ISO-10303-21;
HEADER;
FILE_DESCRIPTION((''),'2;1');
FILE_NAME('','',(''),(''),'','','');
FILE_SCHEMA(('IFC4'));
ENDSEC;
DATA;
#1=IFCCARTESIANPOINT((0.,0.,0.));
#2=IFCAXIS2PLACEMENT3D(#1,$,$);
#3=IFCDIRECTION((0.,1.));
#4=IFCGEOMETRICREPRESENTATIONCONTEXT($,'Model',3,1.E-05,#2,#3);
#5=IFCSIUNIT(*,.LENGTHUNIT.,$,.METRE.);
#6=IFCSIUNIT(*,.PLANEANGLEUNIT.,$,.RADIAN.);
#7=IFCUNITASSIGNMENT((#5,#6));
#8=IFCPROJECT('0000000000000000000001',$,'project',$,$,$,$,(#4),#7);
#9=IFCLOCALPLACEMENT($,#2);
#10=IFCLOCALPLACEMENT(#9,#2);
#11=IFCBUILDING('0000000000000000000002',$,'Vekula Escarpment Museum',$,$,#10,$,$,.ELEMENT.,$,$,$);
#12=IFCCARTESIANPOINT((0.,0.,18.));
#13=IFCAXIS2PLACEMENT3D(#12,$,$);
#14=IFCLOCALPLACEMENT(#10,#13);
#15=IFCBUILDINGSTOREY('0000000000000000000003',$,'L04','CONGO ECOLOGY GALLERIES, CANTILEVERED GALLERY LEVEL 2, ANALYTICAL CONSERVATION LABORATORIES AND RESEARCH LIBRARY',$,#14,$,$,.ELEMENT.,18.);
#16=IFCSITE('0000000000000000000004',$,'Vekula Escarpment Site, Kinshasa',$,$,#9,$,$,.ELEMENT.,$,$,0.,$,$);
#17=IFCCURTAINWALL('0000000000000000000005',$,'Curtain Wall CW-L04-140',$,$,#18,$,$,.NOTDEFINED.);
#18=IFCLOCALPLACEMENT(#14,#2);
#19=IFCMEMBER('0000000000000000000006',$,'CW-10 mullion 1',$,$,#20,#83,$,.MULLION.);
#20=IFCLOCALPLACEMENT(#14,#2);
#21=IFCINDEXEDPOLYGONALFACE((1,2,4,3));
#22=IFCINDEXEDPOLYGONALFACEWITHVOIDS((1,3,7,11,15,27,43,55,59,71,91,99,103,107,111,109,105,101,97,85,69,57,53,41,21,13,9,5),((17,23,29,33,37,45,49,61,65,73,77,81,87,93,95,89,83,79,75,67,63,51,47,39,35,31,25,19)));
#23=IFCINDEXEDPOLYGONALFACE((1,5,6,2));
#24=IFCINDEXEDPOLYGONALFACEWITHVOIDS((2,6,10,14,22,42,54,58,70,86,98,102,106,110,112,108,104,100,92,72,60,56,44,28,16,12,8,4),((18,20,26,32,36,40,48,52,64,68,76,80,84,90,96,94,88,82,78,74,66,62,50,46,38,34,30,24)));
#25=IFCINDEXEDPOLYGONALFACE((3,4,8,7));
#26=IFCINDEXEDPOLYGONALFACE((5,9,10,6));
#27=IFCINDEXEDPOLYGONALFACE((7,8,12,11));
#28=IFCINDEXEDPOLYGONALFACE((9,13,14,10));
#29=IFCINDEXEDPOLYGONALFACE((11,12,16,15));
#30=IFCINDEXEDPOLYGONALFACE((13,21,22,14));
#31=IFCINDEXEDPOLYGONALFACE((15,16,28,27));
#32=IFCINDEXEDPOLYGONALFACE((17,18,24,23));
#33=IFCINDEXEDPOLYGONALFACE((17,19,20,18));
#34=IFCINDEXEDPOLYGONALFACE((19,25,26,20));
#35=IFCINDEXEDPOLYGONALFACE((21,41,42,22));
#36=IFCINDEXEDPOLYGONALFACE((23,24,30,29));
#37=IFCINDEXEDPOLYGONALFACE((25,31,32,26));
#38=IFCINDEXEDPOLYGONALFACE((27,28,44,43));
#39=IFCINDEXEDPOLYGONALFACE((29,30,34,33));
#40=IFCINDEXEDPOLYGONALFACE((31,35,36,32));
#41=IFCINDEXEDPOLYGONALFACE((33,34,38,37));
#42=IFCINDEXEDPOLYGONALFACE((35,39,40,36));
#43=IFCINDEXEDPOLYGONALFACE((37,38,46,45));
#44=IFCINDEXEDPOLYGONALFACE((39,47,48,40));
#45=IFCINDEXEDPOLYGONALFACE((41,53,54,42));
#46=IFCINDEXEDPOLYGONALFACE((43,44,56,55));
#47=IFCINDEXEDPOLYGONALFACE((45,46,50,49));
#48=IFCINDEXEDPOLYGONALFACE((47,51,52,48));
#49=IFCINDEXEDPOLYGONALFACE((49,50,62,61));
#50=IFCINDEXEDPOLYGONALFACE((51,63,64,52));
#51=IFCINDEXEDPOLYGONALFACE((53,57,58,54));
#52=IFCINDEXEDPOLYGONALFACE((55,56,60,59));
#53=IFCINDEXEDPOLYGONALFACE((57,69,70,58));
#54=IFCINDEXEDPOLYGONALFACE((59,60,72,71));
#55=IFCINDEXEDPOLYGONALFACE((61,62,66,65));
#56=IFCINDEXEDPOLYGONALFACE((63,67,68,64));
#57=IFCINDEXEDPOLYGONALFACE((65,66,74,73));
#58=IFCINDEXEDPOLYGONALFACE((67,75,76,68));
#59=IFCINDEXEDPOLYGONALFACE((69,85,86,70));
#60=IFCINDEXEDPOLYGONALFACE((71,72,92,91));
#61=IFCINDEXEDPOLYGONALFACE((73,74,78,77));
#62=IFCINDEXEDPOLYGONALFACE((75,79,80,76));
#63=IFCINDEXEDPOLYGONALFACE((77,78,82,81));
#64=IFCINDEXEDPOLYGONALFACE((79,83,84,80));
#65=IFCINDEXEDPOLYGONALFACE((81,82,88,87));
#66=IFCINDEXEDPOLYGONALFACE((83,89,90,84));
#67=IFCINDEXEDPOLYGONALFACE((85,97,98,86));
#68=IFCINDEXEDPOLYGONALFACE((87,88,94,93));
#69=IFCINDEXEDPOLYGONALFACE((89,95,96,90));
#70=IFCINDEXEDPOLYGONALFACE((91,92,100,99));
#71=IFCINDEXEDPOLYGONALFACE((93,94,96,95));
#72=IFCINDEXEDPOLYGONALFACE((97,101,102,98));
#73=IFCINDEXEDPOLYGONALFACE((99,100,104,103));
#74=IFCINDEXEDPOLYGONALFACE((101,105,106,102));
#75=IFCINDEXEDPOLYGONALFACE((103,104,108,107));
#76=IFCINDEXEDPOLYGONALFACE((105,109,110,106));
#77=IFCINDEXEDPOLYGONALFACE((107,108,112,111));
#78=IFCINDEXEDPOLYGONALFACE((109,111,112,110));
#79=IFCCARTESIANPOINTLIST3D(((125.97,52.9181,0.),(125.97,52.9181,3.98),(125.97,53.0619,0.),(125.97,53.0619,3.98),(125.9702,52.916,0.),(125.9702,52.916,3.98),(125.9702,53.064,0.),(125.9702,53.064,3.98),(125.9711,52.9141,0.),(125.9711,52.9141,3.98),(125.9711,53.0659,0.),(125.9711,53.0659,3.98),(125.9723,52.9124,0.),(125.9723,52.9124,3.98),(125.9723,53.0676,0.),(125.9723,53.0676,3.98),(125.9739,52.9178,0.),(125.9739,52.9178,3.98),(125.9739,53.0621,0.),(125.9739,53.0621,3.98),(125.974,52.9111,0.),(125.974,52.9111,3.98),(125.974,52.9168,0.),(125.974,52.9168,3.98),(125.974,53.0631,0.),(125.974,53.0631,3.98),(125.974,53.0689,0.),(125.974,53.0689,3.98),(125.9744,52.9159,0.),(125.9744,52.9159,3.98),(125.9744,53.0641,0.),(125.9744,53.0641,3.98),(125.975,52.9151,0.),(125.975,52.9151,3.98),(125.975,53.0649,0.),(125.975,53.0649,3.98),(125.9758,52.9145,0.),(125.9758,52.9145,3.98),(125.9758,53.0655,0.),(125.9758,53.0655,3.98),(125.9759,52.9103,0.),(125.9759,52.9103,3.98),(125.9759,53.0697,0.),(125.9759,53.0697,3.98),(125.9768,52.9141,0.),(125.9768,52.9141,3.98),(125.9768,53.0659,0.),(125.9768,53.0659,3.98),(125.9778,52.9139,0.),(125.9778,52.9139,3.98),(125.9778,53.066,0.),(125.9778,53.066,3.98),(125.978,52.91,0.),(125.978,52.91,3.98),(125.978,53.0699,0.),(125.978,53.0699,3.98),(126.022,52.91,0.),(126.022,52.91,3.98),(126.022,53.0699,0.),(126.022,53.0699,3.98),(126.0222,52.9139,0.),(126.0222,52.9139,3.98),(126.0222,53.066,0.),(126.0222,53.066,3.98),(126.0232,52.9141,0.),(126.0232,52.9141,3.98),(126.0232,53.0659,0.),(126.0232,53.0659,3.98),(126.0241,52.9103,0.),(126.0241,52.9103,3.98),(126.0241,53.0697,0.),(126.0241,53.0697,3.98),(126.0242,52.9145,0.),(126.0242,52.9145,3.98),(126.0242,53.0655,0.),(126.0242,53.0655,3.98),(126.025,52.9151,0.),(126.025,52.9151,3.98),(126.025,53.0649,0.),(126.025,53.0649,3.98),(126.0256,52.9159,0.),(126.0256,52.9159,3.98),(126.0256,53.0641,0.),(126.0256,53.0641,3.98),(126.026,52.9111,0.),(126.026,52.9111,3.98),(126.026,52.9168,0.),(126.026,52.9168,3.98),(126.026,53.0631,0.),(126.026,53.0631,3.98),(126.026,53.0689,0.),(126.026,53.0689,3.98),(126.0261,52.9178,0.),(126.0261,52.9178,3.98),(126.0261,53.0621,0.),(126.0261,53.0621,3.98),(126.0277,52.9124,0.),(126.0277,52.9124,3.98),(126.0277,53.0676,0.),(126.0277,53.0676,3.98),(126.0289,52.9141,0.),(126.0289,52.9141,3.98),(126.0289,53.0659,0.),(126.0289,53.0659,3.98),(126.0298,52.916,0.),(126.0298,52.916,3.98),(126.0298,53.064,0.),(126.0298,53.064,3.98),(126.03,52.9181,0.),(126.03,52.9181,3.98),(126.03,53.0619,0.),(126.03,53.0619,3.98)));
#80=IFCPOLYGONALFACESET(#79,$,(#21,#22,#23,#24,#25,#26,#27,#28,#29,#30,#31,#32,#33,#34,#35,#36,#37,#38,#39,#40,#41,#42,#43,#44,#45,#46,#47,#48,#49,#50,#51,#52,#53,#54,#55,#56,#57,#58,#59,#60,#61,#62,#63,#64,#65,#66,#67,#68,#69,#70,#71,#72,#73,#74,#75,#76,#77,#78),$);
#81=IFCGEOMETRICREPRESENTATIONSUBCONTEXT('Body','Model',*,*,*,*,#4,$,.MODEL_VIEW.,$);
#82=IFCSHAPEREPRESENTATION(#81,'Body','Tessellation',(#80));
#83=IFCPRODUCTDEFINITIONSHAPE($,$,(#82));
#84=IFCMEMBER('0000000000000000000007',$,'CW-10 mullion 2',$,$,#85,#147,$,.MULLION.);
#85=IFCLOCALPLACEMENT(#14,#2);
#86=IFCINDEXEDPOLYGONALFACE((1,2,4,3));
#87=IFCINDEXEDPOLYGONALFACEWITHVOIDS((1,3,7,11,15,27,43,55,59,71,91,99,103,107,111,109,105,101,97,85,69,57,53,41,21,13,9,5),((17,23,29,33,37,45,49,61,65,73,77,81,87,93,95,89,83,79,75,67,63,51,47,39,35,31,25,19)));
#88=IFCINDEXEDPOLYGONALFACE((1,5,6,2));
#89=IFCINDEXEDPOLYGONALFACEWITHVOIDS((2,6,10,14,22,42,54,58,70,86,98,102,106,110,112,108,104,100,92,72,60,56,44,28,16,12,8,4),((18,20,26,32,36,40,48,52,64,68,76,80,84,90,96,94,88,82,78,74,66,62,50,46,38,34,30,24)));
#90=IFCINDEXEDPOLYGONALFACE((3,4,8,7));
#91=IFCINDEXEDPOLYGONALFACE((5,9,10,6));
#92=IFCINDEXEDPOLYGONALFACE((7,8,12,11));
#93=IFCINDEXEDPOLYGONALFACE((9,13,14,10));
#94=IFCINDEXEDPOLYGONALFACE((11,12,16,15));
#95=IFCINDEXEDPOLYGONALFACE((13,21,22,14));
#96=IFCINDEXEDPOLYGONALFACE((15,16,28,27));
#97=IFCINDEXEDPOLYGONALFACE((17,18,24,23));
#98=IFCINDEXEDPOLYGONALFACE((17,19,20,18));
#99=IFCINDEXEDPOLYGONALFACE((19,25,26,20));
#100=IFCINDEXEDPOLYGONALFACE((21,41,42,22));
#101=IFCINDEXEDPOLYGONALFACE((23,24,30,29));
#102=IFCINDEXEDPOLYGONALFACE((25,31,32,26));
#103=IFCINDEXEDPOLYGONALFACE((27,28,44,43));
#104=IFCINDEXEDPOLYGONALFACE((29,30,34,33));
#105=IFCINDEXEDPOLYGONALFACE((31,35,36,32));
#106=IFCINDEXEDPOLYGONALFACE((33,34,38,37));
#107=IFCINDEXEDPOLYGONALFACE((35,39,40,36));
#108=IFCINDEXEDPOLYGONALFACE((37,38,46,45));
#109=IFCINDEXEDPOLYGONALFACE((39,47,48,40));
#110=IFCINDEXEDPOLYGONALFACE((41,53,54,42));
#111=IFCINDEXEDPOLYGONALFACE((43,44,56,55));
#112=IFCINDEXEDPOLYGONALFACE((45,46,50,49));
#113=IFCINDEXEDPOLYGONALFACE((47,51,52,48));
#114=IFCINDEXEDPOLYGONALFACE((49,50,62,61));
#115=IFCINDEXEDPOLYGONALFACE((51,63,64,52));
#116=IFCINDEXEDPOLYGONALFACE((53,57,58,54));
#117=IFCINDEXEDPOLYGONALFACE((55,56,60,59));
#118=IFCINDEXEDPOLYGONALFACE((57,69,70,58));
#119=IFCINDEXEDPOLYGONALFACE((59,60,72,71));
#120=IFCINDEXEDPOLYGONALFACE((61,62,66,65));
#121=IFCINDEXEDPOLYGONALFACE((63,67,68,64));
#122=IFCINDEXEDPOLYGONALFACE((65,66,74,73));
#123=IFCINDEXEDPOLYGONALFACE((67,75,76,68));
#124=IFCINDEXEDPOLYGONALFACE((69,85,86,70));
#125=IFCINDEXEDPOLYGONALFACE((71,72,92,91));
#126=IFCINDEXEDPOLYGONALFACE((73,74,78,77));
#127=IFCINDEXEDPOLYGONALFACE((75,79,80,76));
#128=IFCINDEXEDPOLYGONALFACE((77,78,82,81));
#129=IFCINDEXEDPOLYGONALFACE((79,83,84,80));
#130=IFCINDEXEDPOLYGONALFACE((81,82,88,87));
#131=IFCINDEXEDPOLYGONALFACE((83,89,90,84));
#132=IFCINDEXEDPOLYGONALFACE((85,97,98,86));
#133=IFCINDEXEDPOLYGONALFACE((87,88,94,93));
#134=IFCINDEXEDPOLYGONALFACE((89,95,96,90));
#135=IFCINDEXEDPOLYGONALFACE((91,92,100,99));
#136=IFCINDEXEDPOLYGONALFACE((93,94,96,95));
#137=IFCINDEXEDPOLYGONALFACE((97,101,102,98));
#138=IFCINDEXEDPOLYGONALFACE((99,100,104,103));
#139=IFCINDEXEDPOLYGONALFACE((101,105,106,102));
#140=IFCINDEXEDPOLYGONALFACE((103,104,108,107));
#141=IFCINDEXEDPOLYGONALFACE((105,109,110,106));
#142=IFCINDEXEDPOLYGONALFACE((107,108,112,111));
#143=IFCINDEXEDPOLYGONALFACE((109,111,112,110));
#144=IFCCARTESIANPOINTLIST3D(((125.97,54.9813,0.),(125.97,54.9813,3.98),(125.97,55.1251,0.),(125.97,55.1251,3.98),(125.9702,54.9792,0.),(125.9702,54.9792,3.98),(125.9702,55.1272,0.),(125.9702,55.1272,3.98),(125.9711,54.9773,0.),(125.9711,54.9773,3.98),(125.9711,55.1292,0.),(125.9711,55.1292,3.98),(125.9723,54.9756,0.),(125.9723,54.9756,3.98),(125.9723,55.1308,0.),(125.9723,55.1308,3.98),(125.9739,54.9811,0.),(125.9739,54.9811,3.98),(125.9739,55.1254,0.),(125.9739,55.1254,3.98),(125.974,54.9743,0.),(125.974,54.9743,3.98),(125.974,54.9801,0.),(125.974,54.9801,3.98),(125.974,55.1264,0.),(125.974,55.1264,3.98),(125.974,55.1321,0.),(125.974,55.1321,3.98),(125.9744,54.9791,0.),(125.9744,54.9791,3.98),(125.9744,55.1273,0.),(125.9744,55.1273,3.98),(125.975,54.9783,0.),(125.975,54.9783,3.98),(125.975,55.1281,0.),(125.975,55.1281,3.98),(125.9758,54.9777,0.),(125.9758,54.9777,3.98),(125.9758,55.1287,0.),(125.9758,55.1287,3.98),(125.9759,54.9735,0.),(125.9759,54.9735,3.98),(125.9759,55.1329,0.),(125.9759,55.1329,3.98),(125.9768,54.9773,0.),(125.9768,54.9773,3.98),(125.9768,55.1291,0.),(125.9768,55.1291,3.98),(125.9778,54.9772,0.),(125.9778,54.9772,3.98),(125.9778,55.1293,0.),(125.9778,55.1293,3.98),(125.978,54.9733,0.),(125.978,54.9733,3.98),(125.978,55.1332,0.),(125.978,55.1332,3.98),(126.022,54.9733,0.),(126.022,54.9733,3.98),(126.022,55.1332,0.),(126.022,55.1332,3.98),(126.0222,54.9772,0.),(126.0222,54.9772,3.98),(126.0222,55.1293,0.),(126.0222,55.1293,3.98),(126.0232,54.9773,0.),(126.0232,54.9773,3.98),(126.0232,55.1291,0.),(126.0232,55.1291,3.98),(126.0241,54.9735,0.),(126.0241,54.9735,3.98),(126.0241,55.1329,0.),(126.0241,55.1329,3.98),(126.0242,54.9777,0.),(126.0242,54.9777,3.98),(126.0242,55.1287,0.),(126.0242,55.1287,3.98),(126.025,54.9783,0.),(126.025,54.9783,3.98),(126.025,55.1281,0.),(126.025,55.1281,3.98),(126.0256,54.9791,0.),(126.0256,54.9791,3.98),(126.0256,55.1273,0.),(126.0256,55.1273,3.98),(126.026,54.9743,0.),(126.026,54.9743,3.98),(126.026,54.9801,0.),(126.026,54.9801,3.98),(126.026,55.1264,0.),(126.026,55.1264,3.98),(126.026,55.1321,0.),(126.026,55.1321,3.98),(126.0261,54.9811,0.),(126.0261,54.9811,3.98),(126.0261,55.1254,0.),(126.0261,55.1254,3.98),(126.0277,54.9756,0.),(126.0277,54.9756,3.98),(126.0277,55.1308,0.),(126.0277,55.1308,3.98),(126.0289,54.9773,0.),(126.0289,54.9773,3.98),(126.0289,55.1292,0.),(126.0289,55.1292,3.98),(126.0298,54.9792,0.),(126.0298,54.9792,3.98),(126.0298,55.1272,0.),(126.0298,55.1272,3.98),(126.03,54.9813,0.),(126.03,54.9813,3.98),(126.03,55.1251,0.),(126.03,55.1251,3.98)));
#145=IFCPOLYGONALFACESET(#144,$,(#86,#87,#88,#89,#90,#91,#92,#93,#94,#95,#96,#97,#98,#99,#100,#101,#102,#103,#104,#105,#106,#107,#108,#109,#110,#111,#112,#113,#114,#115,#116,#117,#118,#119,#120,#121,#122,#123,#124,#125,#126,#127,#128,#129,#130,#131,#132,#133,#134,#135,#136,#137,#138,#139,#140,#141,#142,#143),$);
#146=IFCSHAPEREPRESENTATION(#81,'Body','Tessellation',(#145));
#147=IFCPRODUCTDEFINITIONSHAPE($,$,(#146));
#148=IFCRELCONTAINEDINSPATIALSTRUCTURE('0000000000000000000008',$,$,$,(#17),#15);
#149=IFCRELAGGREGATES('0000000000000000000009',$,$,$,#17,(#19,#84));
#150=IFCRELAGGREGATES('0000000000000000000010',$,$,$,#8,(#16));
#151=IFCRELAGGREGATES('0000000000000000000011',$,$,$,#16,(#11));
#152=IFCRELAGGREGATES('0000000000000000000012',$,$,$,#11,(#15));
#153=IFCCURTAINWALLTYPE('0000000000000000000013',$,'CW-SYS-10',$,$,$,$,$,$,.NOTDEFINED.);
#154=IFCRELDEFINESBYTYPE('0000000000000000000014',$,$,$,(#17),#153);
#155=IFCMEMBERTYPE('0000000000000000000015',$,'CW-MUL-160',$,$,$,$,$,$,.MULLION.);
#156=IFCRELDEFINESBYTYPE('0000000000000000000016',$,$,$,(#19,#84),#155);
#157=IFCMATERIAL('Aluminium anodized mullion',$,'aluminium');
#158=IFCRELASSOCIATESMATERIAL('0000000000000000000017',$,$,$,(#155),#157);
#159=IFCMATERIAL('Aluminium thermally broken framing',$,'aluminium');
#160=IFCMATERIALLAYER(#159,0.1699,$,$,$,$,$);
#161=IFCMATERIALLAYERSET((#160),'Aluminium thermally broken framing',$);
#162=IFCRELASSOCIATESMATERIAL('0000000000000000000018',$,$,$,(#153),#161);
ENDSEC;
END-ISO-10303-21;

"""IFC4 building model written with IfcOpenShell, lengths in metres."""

from ifc_helpers import new_model, si_unit, direction, frame, origin, origin_2d, place, context, subcontext, project, spatial, hollow_rectangle, extrude, material, layer, layer_set, material_profile, profile_set, type_object, element, aggregate, save


model = new_model("IFC4")

# Units and contexts
model_context = context("Model", 3, precision=1e-05, world=origin(), true_north=direction((0.0, 1.0)))
body_context = subcontext(model_context, "Body", "Model", "MODEL_VIEW")
ifc_project = project(units=[si_unit("LENGTHUNIT", "METRE"), si_unit("PLANEANGLEUNIT", "RADIAN")], contexts=[model_context])

# Site, building, storey
site_placement = place(None, origin())
site = spatial("IfcSite", under=ifc_project, at=site_placement, Name="Vekula Escarpment Site, Kinshasa", CompositionType="ELEMENT", RefElevation=0.0)
building_placement = place(site_placement, origin())
building = spatial("IfcBuilding", under=site, at=building_placement, Name="Vekula Escarpment Museum", CompositionType="ELEMENT")
storey_placement = place(building_placement, frame((0.0, 0.0, 18.0)))
storey = spatial("IfcBuildingStorey", under=building, at=storey_placement, Name="L04", Description="CONGO ECOLOGY GALLERIES, CANTILEVERED GALLERY LEVEL 2, ANALYTICAL CONSERVATION LABORATORIES AND RESEARCH LIBRARY", CompositionType="ELEMENT", Elevation=18.0)

# Shared definitions
ifc_material_1 = material(Name="Aluminium anodized mullion", Category="aluminium")
ifc_material_profile_1 = material_profile(ifc_material_1, hollow_rectangle(XDim=0.0601, YDim=0.1599, WallThickness=0.0039, InnerFilletRadius=0.0039, OuterFilletRadius=0.0081, at=origin_2d()), Name="ALU 160x60x4")
ifc_profile_set_1 = profile_set([ifc_material_profile_1], Name="Aluminium anodized mullion")
member_type_1 = type_object("IfcMemberType", Name="CW-MUL-160", PredefinedType="MULLION", material=ifc_profile_set_1)

# Curtain wall, members
ifc_material_2 = material(Name="Aluminium thermally broken framing", Category="aluminium")
ifc_layer_1 = layer(ifc_material_2, 0.1699)
ifc_layer_set_1 = layer_set([ifc_layer_1], Name="Aluminium thermally broken framing")
curtain_wall_type_1 = type_object("IfcCurtainWallType", Name="CW-SYS-10", PredefinedType="NOTDEFINED", material=ifc_layer_set_1)
curtain_wall_1_placement = place(storey_placement, origin())
curtain_wall_1 = element("IfcCurtainWall", 1, at=curtain_wall_1_placement, inside=storey, type_object=curtain_wall_type_1, Name="Curtain Wall CW-L04-140", PredefinedType="NOTDEFINED")
member_1_placement = place(storey_placement, frame((126.0, 52.99, 0.0), z_axis=(0.0, 0.0, 1.0), x_axis=(-1.0, 0.0, 0.0)))
member_1 = element("IfcMember", 2, at=member_1_placement, type_object=member_type_1, Name="CW-10 mullion 1", PredefinedType="MULLION", context=body_context, shape_type="SweptSolid", body=[
    extrude(hollow_rectangle(XDim=0.0601, YDim=0.1599, WallThickness=0.0039, InnerFilletRadius=0.0039, OuterFilletRadius=0.0081, at=origin_2d()), origin(), (0.0, 0.0, 1.0), 3.98),
])
member_2_placement = place(storey_placement, frame((126.0, 55.0532, 0.0), z_axis=(0.0, 0.0, 1.0), x_axis=(-1.0, 0.0, 0.0)))
member_2 = element("IfcMember", 3, at=member_2_placement, type_object=member_type_1, Name="CW-10 mullion 2", PredefinedType="MULLION", context=body_context, shape_type="SweptSolid", body=[
    extrude(hollow_rectangle(XDim=0.0601, YDim=0.1599, WallThickness=0.0039, InnerFilletRadius=0.0039, OuterFilletRadius=0.0081, at=origin_2d()), origin(), (0.0, 0.0, 1.0), 3.98),
])
aggregate(curtain_wall_1, [member_1, member_2])

save(model, "model.ifc")
